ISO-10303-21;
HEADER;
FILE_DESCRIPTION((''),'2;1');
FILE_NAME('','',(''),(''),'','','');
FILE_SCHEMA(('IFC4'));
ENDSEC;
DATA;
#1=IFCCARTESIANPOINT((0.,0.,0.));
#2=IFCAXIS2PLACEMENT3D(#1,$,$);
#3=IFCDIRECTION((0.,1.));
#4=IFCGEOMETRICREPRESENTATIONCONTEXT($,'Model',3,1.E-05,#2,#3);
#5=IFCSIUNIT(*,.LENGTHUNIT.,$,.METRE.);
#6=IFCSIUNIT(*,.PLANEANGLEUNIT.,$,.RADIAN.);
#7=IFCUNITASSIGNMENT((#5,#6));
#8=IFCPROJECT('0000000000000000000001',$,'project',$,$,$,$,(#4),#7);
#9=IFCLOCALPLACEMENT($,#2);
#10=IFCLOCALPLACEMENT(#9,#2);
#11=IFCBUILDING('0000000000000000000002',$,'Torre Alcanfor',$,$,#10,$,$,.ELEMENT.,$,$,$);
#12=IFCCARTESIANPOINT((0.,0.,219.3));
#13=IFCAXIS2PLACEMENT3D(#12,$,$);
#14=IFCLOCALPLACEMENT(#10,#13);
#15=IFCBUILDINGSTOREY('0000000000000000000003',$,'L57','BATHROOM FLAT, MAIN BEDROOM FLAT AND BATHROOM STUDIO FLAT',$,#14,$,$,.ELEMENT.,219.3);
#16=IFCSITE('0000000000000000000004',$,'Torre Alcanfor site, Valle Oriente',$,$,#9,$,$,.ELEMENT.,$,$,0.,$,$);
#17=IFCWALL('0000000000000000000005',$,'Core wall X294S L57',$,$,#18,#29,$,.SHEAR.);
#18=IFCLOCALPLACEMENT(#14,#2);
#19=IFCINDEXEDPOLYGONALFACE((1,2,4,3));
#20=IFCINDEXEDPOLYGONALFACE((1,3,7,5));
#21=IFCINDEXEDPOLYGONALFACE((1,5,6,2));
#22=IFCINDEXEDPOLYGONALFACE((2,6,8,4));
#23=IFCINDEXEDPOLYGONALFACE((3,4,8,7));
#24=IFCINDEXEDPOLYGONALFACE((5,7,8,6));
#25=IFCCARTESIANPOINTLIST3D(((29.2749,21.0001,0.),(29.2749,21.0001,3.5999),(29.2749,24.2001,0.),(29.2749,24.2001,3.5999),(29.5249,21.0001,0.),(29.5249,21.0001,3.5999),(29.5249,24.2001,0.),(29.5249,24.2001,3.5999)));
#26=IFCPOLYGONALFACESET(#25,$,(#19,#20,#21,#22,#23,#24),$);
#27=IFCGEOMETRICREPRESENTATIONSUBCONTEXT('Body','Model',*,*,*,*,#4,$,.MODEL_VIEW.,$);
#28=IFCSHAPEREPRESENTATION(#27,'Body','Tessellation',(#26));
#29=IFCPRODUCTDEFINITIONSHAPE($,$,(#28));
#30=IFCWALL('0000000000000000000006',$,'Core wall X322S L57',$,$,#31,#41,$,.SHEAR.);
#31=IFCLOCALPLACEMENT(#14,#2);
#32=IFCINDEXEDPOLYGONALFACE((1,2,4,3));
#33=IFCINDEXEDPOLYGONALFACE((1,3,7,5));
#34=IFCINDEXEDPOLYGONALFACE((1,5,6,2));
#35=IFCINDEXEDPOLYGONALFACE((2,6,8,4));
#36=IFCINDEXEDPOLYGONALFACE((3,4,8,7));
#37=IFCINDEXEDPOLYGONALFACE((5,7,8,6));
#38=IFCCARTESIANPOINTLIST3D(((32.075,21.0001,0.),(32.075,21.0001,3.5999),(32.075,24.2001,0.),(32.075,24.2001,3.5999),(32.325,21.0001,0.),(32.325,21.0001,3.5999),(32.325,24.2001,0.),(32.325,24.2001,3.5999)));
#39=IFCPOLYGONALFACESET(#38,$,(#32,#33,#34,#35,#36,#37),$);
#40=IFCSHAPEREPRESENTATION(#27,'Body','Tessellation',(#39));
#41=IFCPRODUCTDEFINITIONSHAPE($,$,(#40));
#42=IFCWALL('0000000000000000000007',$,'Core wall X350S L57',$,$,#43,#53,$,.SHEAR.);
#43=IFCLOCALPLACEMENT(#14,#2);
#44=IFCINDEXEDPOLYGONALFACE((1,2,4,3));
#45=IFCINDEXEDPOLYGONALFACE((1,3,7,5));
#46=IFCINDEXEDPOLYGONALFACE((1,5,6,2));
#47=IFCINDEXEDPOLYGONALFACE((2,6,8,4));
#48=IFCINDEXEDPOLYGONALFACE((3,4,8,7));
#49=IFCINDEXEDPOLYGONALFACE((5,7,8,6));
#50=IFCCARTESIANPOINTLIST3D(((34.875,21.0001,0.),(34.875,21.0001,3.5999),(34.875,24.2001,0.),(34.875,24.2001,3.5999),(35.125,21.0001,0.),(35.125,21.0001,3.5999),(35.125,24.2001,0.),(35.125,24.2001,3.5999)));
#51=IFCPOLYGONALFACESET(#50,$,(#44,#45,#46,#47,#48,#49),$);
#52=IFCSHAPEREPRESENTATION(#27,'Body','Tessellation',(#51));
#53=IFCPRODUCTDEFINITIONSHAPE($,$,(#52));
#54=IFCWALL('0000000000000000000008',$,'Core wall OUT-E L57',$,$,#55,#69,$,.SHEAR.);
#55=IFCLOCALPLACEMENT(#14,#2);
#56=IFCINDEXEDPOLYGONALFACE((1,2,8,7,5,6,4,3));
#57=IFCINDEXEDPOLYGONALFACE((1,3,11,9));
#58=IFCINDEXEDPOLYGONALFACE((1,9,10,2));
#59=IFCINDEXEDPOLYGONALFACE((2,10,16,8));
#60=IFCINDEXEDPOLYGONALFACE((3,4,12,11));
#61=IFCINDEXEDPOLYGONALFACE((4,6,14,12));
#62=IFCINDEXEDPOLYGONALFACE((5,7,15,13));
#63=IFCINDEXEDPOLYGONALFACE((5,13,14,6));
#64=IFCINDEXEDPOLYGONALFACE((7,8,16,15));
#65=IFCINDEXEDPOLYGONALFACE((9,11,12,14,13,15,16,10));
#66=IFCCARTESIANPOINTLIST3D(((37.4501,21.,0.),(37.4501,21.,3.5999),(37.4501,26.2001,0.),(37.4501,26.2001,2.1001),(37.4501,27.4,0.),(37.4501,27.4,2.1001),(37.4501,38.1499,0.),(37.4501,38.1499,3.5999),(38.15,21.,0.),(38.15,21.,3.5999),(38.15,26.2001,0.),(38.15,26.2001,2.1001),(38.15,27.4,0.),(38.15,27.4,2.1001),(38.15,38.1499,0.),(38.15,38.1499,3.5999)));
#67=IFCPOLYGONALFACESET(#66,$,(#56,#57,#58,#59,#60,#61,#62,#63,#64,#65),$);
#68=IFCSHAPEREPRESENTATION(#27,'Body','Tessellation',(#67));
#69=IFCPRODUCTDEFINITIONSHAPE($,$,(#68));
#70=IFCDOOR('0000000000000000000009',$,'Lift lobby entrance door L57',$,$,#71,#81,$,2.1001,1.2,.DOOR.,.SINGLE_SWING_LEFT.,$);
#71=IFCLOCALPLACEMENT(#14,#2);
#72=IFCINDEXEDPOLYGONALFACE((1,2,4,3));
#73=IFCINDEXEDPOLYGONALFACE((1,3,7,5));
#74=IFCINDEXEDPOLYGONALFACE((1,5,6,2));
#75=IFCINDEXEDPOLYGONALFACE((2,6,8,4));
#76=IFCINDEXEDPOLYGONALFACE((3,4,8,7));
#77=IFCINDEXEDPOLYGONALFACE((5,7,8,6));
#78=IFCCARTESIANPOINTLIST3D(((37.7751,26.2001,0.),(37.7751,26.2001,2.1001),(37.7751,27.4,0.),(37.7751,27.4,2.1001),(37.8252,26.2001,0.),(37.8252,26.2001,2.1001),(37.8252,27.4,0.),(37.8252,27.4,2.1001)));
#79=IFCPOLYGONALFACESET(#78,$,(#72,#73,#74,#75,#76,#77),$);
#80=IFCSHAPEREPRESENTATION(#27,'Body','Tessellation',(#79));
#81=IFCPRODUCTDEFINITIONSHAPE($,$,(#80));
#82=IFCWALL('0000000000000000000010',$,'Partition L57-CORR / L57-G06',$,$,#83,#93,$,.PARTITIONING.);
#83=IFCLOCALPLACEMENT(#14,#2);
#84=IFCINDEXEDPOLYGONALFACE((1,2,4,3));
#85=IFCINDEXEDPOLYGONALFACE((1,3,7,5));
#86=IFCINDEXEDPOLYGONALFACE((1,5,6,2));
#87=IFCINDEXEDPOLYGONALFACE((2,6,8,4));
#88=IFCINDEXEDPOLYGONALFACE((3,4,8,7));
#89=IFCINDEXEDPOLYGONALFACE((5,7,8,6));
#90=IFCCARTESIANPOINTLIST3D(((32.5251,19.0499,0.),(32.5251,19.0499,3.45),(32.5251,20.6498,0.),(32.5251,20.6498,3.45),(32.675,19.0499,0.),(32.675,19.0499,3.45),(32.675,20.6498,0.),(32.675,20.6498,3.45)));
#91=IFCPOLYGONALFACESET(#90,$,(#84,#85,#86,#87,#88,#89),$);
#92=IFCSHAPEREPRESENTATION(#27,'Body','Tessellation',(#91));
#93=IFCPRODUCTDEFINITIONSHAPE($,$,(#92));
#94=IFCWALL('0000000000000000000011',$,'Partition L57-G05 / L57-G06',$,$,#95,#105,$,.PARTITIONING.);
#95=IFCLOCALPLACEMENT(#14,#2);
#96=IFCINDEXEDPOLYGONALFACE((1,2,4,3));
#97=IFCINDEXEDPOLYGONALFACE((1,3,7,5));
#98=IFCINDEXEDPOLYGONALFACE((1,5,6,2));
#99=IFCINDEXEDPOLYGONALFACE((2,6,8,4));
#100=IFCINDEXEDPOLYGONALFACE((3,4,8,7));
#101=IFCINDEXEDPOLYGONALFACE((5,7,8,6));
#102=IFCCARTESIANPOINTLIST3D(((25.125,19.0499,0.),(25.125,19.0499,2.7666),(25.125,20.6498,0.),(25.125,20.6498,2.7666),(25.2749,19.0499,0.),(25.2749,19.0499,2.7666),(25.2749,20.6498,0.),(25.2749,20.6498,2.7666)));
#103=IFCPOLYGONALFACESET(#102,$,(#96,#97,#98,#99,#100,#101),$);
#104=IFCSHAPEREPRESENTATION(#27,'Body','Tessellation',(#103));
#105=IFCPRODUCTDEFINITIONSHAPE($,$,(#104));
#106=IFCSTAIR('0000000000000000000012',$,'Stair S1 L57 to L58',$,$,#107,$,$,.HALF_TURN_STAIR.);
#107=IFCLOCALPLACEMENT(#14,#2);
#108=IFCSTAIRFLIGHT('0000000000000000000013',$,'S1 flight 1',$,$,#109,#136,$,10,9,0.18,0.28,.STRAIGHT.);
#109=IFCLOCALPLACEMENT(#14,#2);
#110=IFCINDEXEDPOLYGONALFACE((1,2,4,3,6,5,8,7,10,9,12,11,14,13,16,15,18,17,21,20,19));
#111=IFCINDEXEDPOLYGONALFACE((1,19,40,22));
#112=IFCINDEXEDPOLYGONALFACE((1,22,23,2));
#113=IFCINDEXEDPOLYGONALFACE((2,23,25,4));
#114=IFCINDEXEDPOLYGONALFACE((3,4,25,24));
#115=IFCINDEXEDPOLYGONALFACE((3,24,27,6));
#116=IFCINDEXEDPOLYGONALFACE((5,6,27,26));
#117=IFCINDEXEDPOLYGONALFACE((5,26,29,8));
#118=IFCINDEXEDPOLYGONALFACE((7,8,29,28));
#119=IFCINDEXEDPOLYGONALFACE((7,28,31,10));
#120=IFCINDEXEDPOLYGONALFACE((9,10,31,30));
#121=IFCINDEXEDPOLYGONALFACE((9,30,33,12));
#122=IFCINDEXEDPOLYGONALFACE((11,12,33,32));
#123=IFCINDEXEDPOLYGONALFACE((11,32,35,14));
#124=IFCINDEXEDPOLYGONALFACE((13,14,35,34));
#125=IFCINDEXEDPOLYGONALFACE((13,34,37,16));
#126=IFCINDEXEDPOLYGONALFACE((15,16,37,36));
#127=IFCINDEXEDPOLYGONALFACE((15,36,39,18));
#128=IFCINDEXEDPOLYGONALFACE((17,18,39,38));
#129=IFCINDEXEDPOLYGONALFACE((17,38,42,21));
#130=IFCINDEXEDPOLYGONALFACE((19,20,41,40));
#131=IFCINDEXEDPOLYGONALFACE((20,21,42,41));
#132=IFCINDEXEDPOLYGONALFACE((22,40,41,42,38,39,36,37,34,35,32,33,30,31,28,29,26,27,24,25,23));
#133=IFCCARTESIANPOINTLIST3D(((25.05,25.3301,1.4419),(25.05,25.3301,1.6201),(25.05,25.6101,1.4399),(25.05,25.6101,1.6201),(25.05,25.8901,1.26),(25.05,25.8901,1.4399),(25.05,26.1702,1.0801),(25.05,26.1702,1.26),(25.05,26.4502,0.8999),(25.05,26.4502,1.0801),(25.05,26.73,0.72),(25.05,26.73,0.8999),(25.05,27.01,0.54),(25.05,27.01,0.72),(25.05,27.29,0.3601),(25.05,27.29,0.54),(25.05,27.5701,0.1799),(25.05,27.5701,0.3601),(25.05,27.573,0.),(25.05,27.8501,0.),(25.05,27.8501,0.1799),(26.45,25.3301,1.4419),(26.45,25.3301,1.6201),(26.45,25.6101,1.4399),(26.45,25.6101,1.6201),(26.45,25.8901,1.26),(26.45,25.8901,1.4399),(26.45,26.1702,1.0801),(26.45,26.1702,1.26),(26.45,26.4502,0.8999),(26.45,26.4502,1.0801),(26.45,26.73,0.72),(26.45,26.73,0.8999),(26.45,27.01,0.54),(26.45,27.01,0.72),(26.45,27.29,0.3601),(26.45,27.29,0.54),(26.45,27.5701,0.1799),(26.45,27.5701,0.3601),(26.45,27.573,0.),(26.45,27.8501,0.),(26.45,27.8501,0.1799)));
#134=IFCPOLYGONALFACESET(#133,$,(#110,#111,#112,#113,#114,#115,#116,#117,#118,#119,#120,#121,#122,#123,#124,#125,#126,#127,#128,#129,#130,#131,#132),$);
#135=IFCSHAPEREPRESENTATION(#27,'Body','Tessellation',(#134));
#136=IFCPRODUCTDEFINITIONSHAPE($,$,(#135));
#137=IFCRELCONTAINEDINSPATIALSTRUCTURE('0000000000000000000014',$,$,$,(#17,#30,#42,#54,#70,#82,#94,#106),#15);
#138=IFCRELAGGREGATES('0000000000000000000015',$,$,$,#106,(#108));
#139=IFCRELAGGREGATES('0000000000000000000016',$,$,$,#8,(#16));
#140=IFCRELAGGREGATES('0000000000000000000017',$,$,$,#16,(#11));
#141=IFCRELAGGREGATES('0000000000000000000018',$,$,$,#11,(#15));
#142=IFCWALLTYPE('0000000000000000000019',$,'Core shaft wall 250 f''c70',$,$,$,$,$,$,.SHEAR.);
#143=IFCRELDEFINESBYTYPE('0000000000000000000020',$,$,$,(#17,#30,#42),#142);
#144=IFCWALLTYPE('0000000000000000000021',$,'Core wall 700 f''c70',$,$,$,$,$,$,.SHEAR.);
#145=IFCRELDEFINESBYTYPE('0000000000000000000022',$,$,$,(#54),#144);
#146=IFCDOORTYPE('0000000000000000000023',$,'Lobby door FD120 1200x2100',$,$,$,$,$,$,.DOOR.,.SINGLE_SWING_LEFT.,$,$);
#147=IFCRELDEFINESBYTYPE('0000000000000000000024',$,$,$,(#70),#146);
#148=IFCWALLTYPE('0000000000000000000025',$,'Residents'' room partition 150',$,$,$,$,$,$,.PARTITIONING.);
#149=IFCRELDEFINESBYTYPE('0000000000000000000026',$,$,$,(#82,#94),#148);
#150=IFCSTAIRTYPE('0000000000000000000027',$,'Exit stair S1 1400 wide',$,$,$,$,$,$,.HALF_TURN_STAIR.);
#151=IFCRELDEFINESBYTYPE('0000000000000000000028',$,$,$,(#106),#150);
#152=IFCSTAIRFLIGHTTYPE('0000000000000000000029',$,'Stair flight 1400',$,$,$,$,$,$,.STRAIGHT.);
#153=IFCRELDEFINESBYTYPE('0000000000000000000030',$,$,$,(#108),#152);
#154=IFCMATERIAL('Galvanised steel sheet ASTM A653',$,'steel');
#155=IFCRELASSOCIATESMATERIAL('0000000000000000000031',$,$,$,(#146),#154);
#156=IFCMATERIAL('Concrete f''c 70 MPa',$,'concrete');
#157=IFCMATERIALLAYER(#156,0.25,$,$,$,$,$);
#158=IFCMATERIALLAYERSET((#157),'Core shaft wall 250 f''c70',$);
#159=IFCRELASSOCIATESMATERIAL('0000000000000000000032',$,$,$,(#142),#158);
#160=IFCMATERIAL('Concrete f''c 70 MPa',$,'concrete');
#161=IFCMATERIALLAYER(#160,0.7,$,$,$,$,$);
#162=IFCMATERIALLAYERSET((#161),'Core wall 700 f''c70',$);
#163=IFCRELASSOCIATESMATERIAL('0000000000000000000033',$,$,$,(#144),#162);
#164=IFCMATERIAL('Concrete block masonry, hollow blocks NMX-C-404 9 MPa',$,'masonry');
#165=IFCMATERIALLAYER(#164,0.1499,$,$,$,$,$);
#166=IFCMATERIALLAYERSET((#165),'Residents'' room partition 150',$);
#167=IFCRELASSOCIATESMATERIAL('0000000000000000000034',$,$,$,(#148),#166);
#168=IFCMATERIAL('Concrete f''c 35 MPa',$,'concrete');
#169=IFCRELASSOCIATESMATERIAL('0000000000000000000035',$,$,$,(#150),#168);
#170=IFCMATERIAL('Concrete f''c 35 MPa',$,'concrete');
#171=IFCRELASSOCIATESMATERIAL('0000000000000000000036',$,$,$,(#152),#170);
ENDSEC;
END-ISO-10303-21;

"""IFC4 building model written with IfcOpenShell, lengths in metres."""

from ifc_helpers import new_model, si_unit, direction, frame, frame_2d, origin, place, context, subcontext, project, spatial, polyline, rectangle, outline, extrude, material, layer, layer_set, type_object, element, fill, aggregate, save


model = new_model("IFC4")

# Units and contexts
model_context = context("Model", 3, precision=1e-05, world=origin(), true_north=direction((0.0, 1.0)))
body_context = subcontext(model_context, "Body", "Model", "MODEL_VIEW")
ifc_project = project(units=[si_unit("LENGTHUNIT", "METRE"), si_unit("PLANEANGLEUNIT", "RADIAN")], contexts=[model_context])

# Site, building, storey
site_placement = place(None, origin())
site = spatial("IfcSite", under=ifc_project, at=site_placement, Name="Torre Alcanfor site, Valle Oriente", CompositionType="ELEMENT", RefElevation=0.0)
building_placement = place(site_placement, origin())
building = spatial("IfcBuilding", under=site, at=building_placement, Name="Torre Alcanfor", CompositionType="ELEMENT")
storey_placement = place(building_placement, frame((0.0, 0.0, 219.3)))
storey = spatial("IfcBuildingStorey", under=building, at=storey_placement, Name="L57", Description="BATHROOM FLAT, MAIN BEDROOM FLAT AND BATHROOM STUDIO FLAT", CompositionType="ELEMENT", Elevation=219.3)

# Shared definitions
ifc_material_1 = material(Name="Galvanised steel sheet ASTM A653", Category="steel")
door_type_1 = type_object("IfcDoorType", Name="Lobby door FD120 1200x2100", OperationType="SINGLE_SWING_LEFT", PredefinedType="DOOR", material=ifc_material_1)

# Walls
ifc_material_2 = material(Name="Concrete f'c 70 MPa", Category="concrete")
ifc_layer_1 = layer(ifc_material_2, 0.25)
ifc_layer_set_1 = layer_set([ifc_layer_1], Name="Core shaft wall 250 f'c70")
wall_type_1 = type_object("IfcWallType", Name="Core shaft wall 250 f'c70", PredefinedType="SHEAR", material=ifc_layer_set_1)
for number, where, z_axis, x_axis, name in (
    (1, (29.3999, 21.0, 0.0), (0.0, 0.0, 1.0), (0.0, 1.0, 0.0), "Core wall X294S L57"),
    (2, (32.2, 21.0, 0.0), (0.0, 0.0, 1.0), (0.0, 1.0, 0.0), "Core wall X322S L57"),
    (3, (35.0, 21.0, 0.0), (0.0, 0.0, 1.0), (0.0, 1.0, 0.0), "Core wall X350S L57"),
):
    element("IfcWall", number, at=place(storey_placement, frame(where, z_axis=z_axis, x_axis=x_axis)), inside=storey, type_object=wall_type_1, Name=name, PredefinedType="SHEAR", context=body_context, shape_type="SweptSolid", body=[
        extrude(rectangle(XDim=3.2, YDim=0.25, at=frame_2d((1.6001, 0.0))), origin(), (0.0, 0.0, 1.0), 3.5999),
    ])

# Wall, opening, door
ifc_material_3 = material(Name="Concrete f'c 70 MPa", Category="concrete")
ifc_layer_2 = layer(ifc_material_3, 0.7)
ifc_layer_set_2 = layer_set([ifc_layer_2], Name="Core wall 700 f'c70")
wall_type_2 = type_object("IfcWallType", Name="Core wall 700 f'c70", PredefinedType="SHEAR", material=ifc_layer_set_2)
wall_1_placement = place(storey_placement, frame((37.8, 21.0, 0.0), z_axis=(0.0, 0.0, 1.0), x_axis=(0.0, 1.0, 0.0)))
wall_1 = element("IfcWall", 4, at=wall_1_placement, inside=storey, type_object=wall_type_2, Name="Core wall OUT-E L57", PredefinedType="SHEAR", context=body_context, shape_type="SweptSolid", body=[
    extrude(rectangle(XDim=17.1499, YDim=0.7, at=frame_2d((8.575, 0.0))), origin(), (0.0, 0.0, 1.0), 3.5999),
])
opening_1_placement = place(wall_1_placement, frame((5.2, 0.0, 0.0)))
opening_1 = element("IfcOpeningElement", 5, at=opening_1_placement, cuts=wall_1, PredefinedType="OPENING", context=body_context, shape_type="SweptSolid", body=[
    extrude(rectangle(XDim=1.2, YDim=2.1001, at=frame_2d((0.6001, 1.05))), frame((0.0, 0.3599, 0.0), z_axis=(0.0, -1.0, 0.0), x_axis=(1.0, 0.0, 0.0)), (0.0, 0.0, 1.0), 0.72),
])
door_1_placement = place(opening_1_placement, origin())
door_1 = element("IfcDoor", 6, at=door_1_placement, inside=storey, type_object=door_type_1, Name="Lift lobby entrance door L57", OperationType="SINGLE_SWING_LEFT", OverallHeight=2.1001, OverallWidth=1.2, PredefinedType="DOOR", context=body_context, shape_type="SweptSolid", body=[
    extrude(rectangle(XDim=1.2, YDim=2.1001, at=frame_2d((0.6001, 1.05))), frame((0.0, 0.0249, 0.0), z_axis=(0.0, -1.0, 0.0), x_axis=(1.0, 0.0, 0.0)), (0.0, 0.0, 1.0), 0.05),
])
fill(opening_1, door_1)

# Walls
ifc_material_4 = material(Name="Concrete block masonry, hollow blocks NMX-C-404 9 MPa", Category="masonry")
ifc_layer_3 = layer(ifc_material_4, 0.1499)
ifc_layer_set_3 = layer_set([ifc_layer_3], Name="Residents' room partition 150")
wall_type_3 = type_object("IfcWallType", Name="Residents' room partition 150", PredefinedType="PARTITIONING", material=ifc_layer_set_3)
wall_2_placement = place(storey_placement, frame((32.6001, 19.05, 0.0), z_axis=(0.0, 0.0, 1.0), x_axis=(0.0, 1.0, 0.0)))
element("IfcWall", 7, at=wall_2_placement, inside=storey, type_object=wall_type_3, Name="Partition L57-CORR / L57-G06", PredefinedType="PARTITIONING", context=body_context, shape_type="SweptSolid", body=[
    extrude(rectangle(XDim=1.5999, YDim=0.1499, at=frame_2d((0.7998, 0.0))), origin(), (0.0, 0.0, 1.0), 3.45),
])
wall_3_placement = place(storey_placement, frame((25.2, 19.05, 0.0), z_axis=(0.0, 0.0, 1.0), x_axis=(0.0, 1.0, 0.0)))
element("IfcWall", 8, at=wall_3_placement, inside=storey, type_object=wall_type_3, Name="Partition L57-G05 / L57-G06", PredefinedType="PARTITIONING", context=body_context, shape_type="SweptSolid", body=[
    extrude(rectangle(XDim=1.5999, YDim=0.1499, at=frame_2d((0.7998, 0.0))), origin(), (0.0, 0.0, 1.0), 2.7666),
])

# Stair, stair flight
ifc_material_5 = material(Name="Concrete f'c 35 MPa", Category="concrete")
stair_type = type_object("IfcStairType", Name="Exit stair S1 1400 wide", PredefinedType="HALF_TURN_STAIR", material=ifc_material_5)
stair_placement = place(storey_placement, origin())
stair = element("IfcStair", 9, at=stair_placement, inside=storey, type_object=stair_type, Name="Stair S1 L57 to L58", PredefinedType="HALF_TURN_STAIR")
ifc_material_6 = material(Name="Concrete f'c 35 MPa", Category="concrete")
stair_flight_type = type_object("IfcStairFlightType", Name="Stair flight 1400", PredefinedType="STRAIGHT", material=ifc_material_6)
stair_flight_placement = place(storey_placement, frame((25.75, 27.8501, 0.0), z_axis=(0.0, 0.0, 1.0), x_axis=(0.0, -1.0, 0.0)))
stair_flight = element("IfcStairFlight", 10, at=stair_flight_placement, type_object=stair_flight_type, Name="S1 flight 1", NumberOfRisers=10, NumberOfTreads=9, PredefinedType="STRAIGHT", RiserHeight=0.18, TreadLength=0.28, context=body_context, shape_type="SweptSolid", body=[
    extrude(outline(polyline([(0.0, 0.0), (0.0, 0.1799), (0.28, 0.1799), (0.28, 0.3601), (0.5601, 0.3601), (0.5601, 0.54), (0.8401, 0.54), (0.8401, 0.72), (1.1201, 0.72), (1.1201, 0.8999), (1.3999, 0.8999), (1.3999, 1.0801), (1.6799, 1.0801), (1.6799, 1.26), (1.96, 1.26), (1.96, 1.4399), (2.24, 1.4399), (2.24, 1.6201), (2.52, 1.6201), (2.52, 1.8), (2.52, 1.4419), (0.2771, 0.0), (0.0, 0.0)])), frame((0.0, 0.7, 0.0), z_axis=(0.0, -1.0, 0.0), x_axis=(1.0, 0.0, 0.0)), (0.0, 0.0, 1.0), 1.3999),
])
aggregate(stair, [stair_flight])

save(model, "model.ifc")
